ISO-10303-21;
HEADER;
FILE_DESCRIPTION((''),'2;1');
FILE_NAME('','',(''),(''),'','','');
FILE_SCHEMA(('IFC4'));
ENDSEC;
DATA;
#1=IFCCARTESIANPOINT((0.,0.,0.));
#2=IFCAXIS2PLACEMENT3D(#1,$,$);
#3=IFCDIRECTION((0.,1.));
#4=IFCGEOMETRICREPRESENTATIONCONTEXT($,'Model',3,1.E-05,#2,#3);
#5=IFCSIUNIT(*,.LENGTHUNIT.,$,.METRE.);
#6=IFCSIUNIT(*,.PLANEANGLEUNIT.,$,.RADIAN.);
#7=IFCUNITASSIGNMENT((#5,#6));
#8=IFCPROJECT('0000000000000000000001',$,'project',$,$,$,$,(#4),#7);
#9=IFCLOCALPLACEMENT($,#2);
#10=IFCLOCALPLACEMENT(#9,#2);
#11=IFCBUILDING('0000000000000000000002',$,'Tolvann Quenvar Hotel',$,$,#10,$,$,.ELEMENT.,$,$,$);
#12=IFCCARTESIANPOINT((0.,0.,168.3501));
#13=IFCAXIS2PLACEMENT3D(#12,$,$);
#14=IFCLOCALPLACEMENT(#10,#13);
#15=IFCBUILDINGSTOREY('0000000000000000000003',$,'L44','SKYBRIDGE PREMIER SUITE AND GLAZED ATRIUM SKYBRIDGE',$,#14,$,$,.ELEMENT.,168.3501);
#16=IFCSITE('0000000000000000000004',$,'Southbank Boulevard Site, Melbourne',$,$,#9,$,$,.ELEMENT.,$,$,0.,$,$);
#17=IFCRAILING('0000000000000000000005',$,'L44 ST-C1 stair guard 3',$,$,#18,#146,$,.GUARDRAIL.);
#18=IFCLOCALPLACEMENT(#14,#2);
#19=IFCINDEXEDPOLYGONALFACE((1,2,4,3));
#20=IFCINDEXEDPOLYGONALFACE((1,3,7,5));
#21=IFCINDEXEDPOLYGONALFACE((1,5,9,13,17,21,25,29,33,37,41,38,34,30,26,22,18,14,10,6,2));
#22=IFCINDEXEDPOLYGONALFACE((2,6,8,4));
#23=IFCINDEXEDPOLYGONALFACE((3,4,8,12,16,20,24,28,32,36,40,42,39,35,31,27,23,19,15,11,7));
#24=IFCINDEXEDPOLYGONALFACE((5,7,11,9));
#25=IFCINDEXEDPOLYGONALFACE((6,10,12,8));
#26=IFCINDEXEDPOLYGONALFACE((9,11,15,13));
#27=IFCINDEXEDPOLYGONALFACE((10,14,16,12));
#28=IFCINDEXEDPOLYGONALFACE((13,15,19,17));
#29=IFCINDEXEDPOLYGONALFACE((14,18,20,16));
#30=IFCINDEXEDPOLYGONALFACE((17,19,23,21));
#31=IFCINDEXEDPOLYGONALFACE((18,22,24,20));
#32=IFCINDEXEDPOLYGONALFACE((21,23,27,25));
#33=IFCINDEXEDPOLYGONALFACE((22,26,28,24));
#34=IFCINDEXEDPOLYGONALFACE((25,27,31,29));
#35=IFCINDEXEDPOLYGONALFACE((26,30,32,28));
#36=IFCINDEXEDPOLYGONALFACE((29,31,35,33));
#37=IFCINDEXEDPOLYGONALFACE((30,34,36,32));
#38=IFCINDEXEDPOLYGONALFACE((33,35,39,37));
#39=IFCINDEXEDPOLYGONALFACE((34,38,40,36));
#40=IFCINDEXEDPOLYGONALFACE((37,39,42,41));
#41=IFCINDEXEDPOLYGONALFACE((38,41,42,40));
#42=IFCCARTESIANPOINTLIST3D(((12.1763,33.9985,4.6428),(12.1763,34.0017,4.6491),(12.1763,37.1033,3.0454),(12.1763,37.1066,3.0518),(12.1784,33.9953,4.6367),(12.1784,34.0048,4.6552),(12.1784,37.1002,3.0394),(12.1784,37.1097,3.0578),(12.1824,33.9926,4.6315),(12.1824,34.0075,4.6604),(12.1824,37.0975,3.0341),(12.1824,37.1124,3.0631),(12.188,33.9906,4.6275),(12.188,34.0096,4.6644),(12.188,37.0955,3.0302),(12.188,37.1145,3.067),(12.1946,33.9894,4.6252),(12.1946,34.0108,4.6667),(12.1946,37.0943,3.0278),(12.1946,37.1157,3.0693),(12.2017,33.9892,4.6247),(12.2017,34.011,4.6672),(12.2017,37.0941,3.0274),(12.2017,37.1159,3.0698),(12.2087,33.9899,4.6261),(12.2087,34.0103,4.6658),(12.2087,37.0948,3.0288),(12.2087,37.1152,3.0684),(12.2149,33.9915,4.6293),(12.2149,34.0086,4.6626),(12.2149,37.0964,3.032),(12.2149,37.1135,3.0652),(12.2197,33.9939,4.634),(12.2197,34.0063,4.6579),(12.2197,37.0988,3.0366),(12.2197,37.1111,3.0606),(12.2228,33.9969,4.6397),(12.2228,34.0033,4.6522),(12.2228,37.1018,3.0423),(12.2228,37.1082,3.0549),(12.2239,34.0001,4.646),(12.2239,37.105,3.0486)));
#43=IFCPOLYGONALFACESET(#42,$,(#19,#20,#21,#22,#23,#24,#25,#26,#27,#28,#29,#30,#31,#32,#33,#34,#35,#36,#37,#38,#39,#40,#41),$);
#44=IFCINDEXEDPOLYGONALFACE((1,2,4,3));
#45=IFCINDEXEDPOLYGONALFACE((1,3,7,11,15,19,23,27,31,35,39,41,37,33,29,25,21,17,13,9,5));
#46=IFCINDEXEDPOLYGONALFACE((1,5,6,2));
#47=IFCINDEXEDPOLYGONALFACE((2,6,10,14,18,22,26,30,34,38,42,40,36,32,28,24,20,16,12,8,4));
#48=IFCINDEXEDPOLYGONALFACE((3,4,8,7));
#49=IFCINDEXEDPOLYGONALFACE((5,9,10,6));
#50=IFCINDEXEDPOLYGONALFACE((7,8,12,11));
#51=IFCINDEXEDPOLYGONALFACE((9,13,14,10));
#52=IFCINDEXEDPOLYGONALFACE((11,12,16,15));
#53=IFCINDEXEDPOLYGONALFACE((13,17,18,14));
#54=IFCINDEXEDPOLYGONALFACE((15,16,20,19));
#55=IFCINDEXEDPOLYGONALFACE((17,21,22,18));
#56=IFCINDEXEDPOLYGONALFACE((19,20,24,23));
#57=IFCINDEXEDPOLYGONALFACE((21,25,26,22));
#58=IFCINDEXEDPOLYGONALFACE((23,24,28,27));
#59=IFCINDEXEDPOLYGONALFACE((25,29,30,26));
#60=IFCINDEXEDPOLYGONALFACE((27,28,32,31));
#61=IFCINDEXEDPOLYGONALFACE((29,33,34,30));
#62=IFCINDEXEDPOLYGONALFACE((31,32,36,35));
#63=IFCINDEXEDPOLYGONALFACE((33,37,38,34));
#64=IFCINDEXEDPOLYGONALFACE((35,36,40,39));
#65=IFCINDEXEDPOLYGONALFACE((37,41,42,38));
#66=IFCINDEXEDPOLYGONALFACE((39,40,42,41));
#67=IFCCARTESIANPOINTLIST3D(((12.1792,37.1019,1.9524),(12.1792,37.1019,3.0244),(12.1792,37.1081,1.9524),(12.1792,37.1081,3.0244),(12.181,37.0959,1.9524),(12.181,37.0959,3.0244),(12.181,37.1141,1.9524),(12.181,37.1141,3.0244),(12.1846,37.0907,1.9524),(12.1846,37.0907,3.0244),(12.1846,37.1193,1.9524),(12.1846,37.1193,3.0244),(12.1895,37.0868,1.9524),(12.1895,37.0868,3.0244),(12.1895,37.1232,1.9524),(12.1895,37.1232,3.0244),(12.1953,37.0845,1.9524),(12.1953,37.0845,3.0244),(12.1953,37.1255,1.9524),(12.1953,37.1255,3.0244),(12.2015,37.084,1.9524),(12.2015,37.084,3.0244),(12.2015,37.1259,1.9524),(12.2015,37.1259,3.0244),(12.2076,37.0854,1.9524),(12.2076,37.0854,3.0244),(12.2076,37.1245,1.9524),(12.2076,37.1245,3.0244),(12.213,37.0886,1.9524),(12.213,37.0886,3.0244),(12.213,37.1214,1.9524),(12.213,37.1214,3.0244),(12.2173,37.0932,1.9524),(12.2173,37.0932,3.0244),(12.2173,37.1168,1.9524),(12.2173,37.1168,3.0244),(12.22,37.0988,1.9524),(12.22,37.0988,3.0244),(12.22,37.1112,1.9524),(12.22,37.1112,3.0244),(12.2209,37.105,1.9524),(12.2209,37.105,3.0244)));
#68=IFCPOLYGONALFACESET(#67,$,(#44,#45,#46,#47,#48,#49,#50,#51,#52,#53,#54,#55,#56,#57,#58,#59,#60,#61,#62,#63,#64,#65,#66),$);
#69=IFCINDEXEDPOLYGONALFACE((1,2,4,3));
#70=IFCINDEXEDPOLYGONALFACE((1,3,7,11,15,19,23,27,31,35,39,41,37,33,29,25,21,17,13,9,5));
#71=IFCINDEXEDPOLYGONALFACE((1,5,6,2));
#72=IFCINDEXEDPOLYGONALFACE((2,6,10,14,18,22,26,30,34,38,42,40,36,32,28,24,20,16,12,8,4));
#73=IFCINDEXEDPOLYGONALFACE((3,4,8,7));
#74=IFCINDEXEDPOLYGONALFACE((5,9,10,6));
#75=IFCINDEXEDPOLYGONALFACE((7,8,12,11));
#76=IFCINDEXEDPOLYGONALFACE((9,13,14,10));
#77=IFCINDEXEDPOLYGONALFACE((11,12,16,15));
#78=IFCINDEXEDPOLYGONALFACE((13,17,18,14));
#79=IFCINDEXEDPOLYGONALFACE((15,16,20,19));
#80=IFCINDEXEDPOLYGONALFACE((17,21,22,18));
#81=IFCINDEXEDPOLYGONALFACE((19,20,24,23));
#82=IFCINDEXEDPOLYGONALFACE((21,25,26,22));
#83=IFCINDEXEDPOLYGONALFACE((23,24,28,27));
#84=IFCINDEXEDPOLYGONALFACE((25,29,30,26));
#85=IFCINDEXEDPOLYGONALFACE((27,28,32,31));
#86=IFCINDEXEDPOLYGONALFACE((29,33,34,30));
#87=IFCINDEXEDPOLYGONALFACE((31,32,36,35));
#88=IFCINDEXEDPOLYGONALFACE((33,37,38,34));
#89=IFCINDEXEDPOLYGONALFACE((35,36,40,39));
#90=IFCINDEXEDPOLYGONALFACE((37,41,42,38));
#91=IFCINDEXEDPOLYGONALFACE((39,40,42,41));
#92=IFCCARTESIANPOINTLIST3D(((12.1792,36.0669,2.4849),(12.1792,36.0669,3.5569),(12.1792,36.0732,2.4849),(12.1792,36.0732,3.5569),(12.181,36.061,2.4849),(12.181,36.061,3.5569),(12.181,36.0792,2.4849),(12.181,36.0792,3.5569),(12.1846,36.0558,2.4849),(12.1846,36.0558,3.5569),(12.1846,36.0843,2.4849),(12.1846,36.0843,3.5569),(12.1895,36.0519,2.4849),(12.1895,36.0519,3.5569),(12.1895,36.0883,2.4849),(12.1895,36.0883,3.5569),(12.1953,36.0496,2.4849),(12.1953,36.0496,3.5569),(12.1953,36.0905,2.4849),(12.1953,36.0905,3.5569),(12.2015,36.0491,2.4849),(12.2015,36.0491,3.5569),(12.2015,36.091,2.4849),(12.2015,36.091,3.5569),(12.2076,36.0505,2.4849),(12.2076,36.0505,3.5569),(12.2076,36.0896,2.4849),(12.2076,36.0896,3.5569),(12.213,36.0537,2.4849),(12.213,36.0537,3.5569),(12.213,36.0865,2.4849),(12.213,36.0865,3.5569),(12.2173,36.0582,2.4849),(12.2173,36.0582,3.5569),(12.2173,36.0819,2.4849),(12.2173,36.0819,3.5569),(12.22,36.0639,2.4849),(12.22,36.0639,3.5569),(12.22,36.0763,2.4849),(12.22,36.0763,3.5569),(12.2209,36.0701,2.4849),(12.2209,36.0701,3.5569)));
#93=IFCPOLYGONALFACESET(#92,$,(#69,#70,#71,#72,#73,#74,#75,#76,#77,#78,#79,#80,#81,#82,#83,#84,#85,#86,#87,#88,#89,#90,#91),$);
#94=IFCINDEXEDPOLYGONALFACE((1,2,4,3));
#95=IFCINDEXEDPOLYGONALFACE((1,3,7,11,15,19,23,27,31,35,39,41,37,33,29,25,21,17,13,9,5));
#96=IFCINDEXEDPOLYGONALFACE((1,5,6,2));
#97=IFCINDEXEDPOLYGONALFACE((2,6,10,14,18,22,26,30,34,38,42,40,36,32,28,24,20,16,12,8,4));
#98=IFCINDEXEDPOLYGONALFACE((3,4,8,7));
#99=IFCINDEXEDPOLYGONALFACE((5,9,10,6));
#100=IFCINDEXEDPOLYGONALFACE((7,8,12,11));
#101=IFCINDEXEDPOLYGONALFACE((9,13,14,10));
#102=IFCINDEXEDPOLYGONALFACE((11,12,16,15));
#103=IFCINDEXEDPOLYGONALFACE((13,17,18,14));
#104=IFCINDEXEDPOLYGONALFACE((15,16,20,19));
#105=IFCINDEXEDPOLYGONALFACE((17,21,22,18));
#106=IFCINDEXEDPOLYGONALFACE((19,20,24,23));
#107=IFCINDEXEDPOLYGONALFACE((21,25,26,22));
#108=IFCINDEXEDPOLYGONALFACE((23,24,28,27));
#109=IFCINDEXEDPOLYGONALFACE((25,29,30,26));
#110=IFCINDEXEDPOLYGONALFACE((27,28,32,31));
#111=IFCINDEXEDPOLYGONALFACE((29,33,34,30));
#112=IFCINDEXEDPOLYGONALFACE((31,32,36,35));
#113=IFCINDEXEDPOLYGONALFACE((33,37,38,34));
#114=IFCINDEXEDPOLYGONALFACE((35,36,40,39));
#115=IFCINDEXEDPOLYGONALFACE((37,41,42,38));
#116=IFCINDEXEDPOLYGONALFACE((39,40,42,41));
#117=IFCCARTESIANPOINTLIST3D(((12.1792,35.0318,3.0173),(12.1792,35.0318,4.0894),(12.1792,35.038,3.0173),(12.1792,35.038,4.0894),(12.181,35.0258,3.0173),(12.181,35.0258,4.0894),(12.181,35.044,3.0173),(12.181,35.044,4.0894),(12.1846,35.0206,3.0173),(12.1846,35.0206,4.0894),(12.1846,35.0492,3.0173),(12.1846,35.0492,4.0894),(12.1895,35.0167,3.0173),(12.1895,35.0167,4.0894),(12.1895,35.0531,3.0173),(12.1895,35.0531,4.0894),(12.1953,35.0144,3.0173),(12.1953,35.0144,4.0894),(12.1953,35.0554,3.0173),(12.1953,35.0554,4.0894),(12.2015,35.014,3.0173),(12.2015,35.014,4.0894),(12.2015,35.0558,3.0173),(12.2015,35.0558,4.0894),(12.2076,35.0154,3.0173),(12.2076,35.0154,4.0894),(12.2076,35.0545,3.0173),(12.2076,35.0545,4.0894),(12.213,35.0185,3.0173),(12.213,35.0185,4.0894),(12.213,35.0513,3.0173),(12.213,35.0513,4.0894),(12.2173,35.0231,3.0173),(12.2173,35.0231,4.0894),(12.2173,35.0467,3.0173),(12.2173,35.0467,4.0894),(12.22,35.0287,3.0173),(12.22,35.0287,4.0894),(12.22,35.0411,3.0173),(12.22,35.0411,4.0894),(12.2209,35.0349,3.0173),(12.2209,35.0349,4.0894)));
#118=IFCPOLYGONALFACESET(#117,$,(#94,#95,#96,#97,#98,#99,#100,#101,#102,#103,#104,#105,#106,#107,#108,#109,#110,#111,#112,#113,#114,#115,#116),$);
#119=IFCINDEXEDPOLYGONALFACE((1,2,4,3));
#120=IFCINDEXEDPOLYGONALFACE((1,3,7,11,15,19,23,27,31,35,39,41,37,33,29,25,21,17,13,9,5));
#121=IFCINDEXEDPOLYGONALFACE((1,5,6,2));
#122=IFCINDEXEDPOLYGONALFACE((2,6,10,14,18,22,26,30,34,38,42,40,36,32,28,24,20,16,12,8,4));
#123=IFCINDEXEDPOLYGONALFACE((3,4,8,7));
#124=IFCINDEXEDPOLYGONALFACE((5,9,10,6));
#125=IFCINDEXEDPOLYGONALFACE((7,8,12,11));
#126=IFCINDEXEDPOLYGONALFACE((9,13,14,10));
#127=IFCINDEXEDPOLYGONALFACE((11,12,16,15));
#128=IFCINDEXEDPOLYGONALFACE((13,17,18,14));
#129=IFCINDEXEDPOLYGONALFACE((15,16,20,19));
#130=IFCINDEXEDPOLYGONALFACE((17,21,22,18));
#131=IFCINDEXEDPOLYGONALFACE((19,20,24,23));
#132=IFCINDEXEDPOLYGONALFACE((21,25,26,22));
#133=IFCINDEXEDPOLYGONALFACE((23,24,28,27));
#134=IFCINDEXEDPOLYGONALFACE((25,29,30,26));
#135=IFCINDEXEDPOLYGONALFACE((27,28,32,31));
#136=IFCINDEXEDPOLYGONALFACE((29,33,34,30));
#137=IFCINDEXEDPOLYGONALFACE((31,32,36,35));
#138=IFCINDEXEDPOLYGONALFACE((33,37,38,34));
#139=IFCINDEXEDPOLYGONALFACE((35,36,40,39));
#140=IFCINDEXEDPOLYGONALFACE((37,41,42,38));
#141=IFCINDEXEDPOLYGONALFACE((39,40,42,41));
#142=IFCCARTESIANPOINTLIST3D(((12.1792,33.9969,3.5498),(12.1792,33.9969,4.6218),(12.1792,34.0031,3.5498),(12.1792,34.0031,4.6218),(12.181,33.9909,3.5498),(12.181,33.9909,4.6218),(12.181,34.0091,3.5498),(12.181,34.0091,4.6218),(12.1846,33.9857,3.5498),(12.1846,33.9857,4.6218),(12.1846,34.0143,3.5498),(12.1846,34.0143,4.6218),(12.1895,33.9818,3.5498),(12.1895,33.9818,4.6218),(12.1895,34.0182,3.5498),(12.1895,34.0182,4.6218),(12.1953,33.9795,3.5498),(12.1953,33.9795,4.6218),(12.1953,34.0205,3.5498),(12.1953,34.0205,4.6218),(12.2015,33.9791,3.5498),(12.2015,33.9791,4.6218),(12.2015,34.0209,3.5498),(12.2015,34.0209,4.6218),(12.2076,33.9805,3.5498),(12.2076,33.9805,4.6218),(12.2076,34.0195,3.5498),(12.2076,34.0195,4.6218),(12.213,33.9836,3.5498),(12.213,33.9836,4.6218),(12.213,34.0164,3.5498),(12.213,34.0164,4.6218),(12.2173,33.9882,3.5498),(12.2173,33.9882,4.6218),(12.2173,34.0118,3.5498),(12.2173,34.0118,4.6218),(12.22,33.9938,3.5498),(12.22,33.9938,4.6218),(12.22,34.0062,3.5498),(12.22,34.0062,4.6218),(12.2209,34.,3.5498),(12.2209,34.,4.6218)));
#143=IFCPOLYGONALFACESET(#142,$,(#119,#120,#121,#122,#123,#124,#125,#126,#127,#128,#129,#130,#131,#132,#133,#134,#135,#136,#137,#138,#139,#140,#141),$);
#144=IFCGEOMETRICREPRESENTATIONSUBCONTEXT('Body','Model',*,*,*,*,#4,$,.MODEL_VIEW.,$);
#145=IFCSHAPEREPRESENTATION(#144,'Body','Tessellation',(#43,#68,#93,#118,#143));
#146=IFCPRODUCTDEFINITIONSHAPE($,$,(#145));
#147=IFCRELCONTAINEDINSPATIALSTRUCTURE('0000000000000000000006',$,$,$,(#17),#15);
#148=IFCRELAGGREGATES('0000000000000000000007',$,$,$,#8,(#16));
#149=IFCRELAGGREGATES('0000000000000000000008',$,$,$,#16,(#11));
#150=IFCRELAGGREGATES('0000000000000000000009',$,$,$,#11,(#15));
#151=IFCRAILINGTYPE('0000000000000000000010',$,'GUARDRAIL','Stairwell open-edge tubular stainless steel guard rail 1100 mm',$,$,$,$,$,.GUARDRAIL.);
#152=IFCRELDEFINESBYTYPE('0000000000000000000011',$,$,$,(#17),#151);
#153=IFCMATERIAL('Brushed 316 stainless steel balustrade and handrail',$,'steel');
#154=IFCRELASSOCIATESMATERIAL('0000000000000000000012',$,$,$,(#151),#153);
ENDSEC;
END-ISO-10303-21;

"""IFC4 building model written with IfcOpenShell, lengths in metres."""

from ifc_helpers import new_model, si_unit, direction, frame, origin, origin_2d, place, context, subcontext, project, spatial, circle, extrude, material, type_object, element, save


model = new_model("IFC4")

# Units and contexts
model_context = context("Model", 3, precision=1e-05, world=origin(), true_north=direction((0.0, 1.0)))
body_context = subcontext(model_context, "Body", "Model", "MODEL_VIEW")
ifc_project = project(units=[si_unit("LENGTHUNIT", "METRE"), si_unit("PLANEANGLEUNIT", "RADIAN")], contexts=[model_context])

# Site, building, storey
site_placement = place(None, origin())
site = spatial("IfcSite", under=ifc_project, at=site_placement, Name="Southbank Boulevard Site, Melbourne", CompositionType="ELEMENT", RefElevation=0.0)
building_placement = place(site_placement, origin())
building = spatial("IfcBuilding", under=site, at=building_placement, Name="Tolvann Quenvar Hotel", CompositionType="ELEMENT")
storey_placement = place(building_placement, frame((0.0, 0.0, 168.3501)))
storey = spatial("IfcBuildingStorey", under=building, at=storey_placement, Name="L44", Description="SKYBRIDGE PREMIER SUITE AND GLAZED ATRIUM SKYBRIDGE", CompositionType="ELEMENT", Elevation=168.3501)

# Railing
ifc_material_1 = material(Name="Brushed 316 stainless steel balustrade and handrail", Category="steel")
railing_type_1 = type_object("IfcRailingType", Name="GUARDRAIL", Description="Stairwell open-edge tubular stainless steel guard rail 1100 mm", PredefinedType="GUARDRAIL", material=ifc_material_1)
railing_1_placement = place(storey_placement, frame((12.2, 37.105, 1.9524)))
element("IfcRailing", 1, at=railing_1_placement, inside=storey, type_object=railing_type_1, Name="L44 ST-C1 stair guard 3", PredefinedType="GUARDRAIL", context=body_context, shape_type="SweptSolid", body=[
    extrude(circle(Radius=0.0239, at=origin_2d()), frame((0.0, 0.0, 1.0962), z_axis=(0.0, -0.889222, 0.457476), x_axis=(1.0, 0.0, 0.0)), (0.0, 0.0, 1.0), 3.4917),
    extrude(circle(Radius=0.021, at=origin_2d()), origin(), (0.0, 0.0, 1.0), 1.072),
    extrude(circle(Radius=0.021, at=origin_2d()), frame((0.0, -1.0349, 0.5325)), (0.0, 0.0, 1.0), 1.072),
    extrude(circle(Radius=0.021, at=origin_2d()), frame((0.0, -2.0701, 1.0649)), (0.0, 0.0, 1.0), 1.072),
    extrude(circle(Radius=0.021, at=origin_2d()), frame((0.0, -3.105, 1.5974)), (0.0, 0.0, 1.0), 1.072),
])

save(model, "model.ifc")
